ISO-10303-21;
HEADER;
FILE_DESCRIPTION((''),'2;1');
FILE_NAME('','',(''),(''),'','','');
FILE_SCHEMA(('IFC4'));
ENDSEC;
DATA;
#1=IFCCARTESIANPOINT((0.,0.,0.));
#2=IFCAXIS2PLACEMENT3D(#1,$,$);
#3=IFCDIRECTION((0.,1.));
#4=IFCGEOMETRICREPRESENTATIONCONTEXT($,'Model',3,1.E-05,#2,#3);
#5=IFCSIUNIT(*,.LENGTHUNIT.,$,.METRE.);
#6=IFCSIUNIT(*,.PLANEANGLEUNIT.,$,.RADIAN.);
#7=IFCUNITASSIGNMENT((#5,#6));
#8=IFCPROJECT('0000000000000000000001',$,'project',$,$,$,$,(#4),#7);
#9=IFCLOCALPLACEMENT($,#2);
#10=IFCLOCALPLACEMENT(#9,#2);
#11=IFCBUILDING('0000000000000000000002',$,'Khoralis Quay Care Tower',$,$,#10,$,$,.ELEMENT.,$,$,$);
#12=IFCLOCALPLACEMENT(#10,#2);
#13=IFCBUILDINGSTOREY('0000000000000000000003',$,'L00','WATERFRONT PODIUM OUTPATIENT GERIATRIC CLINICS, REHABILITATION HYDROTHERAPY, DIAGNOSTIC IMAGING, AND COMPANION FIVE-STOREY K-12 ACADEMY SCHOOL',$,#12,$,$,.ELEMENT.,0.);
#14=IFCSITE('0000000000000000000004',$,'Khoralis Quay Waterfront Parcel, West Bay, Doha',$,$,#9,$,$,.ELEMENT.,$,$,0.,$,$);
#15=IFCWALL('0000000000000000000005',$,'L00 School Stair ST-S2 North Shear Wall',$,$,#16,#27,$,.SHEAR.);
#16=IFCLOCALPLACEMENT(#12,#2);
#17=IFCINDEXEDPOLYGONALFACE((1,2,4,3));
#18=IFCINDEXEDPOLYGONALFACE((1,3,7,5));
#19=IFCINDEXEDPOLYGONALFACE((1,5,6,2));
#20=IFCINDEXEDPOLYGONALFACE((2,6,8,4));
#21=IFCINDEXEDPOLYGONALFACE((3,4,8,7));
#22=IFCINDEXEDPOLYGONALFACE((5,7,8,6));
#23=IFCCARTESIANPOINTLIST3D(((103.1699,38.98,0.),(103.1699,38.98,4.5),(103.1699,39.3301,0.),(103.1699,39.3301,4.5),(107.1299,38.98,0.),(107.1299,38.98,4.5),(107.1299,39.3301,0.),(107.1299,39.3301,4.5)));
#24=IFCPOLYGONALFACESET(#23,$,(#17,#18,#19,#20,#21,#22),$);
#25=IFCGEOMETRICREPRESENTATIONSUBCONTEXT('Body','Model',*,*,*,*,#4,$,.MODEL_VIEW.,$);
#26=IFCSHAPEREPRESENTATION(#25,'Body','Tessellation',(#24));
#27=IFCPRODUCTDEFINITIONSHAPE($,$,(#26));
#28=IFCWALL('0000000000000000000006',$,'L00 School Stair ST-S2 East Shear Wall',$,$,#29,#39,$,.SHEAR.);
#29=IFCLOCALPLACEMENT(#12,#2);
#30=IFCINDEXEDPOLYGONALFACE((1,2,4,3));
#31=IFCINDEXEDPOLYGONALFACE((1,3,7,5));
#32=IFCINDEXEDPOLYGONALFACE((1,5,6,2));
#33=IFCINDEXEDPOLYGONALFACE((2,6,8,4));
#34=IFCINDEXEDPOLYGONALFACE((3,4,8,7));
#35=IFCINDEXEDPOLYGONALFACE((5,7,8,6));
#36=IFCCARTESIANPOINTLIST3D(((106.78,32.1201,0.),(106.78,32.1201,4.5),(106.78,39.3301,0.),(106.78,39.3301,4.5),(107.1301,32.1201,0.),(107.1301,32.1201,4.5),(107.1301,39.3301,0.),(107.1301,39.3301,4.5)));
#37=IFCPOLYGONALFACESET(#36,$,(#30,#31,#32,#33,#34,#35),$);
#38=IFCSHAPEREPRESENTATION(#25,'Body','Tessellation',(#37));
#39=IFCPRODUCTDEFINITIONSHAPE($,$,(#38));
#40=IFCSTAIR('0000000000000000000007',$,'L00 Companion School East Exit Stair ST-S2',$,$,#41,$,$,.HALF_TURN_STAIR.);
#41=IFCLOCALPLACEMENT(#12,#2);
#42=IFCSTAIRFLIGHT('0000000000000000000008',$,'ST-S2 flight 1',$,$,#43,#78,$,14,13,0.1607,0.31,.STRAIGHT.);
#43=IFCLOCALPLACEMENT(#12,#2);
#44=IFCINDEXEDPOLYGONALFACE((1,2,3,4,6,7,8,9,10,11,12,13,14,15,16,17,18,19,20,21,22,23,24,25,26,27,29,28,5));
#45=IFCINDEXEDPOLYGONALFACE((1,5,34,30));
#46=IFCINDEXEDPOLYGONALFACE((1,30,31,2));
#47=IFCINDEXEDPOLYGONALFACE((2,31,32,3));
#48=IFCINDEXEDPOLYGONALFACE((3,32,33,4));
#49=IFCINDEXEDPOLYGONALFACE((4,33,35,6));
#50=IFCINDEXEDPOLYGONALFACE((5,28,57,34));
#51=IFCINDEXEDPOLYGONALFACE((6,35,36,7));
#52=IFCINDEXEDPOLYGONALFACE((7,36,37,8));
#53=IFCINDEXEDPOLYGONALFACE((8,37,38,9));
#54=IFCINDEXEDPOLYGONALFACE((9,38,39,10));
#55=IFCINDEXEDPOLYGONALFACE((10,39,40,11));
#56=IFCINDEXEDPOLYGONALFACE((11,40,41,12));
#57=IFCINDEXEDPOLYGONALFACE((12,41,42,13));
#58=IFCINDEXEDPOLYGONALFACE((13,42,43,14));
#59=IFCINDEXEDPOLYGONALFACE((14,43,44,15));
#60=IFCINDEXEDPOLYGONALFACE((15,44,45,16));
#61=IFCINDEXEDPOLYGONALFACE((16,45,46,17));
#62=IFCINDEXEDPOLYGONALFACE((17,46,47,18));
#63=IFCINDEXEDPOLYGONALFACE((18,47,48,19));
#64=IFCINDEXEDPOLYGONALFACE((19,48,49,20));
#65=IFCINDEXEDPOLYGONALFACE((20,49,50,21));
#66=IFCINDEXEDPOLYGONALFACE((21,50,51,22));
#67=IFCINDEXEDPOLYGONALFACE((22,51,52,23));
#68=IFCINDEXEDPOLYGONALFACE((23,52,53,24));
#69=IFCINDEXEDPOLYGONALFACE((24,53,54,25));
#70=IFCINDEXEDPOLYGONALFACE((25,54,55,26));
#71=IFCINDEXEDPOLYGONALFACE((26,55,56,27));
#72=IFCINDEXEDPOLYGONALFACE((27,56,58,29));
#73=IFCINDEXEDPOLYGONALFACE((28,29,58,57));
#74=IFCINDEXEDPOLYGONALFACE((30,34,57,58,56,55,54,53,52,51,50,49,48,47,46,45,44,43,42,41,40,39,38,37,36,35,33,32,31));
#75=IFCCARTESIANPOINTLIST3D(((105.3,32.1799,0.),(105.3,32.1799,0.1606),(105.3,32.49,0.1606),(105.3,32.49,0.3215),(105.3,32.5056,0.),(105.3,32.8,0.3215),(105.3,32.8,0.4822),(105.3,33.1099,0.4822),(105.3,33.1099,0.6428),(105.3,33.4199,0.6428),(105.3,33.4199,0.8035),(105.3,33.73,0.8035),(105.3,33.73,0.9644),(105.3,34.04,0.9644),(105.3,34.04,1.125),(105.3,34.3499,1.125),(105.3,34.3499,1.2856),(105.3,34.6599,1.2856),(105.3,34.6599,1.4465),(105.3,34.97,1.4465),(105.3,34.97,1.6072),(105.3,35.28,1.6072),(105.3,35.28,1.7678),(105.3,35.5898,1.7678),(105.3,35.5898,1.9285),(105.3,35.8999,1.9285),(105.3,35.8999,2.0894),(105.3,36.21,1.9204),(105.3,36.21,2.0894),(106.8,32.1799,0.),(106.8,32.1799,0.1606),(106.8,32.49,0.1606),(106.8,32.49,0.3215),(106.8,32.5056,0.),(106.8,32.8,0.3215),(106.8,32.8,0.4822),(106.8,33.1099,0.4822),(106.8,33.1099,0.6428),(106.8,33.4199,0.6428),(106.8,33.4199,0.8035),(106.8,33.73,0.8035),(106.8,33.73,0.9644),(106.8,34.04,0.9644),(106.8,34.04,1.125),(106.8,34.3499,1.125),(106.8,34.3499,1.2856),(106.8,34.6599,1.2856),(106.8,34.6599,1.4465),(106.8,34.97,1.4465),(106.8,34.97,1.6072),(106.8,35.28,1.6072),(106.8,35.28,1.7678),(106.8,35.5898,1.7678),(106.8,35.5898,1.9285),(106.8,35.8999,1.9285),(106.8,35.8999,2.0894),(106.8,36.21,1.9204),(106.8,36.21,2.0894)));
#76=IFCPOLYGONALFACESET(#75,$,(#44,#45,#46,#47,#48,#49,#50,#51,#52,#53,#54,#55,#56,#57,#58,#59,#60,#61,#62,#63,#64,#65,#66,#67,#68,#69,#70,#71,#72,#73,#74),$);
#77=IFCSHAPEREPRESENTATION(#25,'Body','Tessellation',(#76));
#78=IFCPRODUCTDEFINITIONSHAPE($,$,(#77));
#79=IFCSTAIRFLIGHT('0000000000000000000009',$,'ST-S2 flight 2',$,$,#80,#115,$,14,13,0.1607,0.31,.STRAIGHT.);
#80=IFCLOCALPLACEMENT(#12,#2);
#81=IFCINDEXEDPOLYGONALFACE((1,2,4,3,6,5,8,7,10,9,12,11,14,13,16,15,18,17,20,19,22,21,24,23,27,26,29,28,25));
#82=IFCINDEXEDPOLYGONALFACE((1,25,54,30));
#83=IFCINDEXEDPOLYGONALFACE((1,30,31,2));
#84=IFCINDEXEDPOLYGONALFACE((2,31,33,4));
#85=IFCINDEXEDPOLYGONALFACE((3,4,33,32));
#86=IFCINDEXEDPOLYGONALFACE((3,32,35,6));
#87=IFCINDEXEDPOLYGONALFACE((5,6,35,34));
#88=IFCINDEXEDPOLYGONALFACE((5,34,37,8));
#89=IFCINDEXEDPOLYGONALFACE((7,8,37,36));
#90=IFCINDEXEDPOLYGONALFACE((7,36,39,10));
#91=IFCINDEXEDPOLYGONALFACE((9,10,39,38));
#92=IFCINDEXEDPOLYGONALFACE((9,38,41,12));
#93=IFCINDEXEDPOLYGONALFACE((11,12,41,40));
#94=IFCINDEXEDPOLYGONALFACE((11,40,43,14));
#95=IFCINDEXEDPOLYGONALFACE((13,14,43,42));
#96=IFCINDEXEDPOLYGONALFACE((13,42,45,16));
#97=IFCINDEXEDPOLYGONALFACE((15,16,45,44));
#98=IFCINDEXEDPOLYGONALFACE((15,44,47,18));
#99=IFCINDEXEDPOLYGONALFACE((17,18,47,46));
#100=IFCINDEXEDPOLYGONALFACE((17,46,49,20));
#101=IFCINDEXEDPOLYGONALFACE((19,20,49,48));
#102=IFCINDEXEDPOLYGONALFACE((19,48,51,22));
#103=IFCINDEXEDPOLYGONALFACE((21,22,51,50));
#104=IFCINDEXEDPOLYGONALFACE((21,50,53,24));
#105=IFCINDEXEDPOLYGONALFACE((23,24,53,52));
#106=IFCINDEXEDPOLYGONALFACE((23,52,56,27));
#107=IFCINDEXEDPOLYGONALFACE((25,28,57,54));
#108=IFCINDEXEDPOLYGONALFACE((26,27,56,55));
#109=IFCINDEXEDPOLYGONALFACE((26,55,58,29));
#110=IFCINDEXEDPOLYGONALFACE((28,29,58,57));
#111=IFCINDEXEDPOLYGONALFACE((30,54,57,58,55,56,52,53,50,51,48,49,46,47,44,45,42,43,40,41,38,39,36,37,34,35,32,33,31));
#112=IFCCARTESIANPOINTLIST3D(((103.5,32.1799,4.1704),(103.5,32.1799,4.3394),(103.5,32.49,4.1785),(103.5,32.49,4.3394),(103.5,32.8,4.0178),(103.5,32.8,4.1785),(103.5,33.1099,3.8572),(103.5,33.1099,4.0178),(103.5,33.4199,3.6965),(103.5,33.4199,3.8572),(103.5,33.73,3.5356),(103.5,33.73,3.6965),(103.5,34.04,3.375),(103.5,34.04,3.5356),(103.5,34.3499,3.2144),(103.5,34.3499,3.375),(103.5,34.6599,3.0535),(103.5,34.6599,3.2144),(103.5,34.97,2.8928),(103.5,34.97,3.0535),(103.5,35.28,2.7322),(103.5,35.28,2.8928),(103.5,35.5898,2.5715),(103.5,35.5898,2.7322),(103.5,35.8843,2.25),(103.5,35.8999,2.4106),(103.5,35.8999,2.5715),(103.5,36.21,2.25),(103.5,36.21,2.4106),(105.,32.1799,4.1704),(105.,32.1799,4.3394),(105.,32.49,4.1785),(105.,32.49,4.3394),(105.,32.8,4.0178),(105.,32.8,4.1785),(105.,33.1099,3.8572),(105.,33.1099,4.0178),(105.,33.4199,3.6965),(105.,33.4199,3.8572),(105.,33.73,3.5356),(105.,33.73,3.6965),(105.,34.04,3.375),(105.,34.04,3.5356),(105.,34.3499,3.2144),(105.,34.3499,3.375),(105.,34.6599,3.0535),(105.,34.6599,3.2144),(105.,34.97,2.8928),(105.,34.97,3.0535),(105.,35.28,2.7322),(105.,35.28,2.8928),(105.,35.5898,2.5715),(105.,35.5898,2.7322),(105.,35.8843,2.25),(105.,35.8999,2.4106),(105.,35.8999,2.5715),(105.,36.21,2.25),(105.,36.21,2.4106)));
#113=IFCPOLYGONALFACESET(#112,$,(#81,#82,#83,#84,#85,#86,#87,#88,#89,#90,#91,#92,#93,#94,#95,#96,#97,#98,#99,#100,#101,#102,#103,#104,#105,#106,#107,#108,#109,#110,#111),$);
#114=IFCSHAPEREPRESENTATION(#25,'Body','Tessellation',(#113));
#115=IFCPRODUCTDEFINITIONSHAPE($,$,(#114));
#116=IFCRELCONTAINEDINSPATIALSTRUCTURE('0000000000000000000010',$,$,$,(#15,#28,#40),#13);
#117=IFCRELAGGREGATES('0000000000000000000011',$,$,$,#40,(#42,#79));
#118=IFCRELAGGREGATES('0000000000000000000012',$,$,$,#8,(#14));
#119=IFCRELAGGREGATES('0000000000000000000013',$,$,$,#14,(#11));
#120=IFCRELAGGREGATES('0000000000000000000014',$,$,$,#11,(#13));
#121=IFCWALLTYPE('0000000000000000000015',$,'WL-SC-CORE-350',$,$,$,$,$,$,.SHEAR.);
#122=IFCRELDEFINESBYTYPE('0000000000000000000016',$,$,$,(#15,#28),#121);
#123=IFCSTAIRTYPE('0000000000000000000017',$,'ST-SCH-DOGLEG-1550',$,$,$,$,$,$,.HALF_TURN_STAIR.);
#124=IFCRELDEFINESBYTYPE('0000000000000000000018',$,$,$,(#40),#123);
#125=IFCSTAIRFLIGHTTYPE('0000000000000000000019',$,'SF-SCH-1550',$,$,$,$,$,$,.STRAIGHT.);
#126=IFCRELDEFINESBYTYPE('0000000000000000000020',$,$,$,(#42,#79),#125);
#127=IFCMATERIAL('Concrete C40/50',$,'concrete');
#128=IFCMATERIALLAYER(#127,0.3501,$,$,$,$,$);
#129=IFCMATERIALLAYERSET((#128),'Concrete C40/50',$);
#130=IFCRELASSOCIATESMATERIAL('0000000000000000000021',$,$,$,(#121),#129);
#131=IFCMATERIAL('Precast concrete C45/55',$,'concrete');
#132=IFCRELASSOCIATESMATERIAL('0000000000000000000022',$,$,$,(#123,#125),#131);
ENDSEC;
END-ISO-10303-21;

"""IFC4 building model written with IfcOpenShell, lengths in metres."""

from ifc_helpers import new_model, si_unit, direction, frame, frame_2d, origin, place, context, subcontext, project, spatial, polyline, rectangle, outline, extrude, source, transform, mapped, material, layer, layer_set, type_object, element, aggregate, save


model = new_model("IFC4")

# Units and contexts
model_context = context("Model", 3, precision=1e-05, world=origin(), true_north=direction((0.0, 1.0)))
body_context = subcontext(model_context, "Body", "Model", "MODEL_VIEW")
ifc_project = project(units=[si_unit("LENGTHUNIT", "METRE"), si_unit("PLANEANGLEUNIT", "RADIAN")], contexts=[model_context])

# Site, building, storey
site_placement = place(None, origin())
site = spatial("IfcSite", under=ifc_project, at=site_placement, Name="Khoralis Quay Waterfront Parcel, West Bay, Doha", CompositionType="ELEMENT", RefElevation=0.0)
building_placement = place(site_placement, origin())
building = spatial("IfcBuilding", under=site, at=building_placement, Name="Khoralis Quay Care Tower", CompositionType="ELEMENT")
storey_placement = place(building_placement, origin())
storey = spatial("IfcBuildingStorey", under=building, at=storey_placement, Name="L00", Description="WATERFRONT PODIUM OUTPATIENT GERIATRIC CLINICS, REHABILITATION HYDROTHERAPY, DIAGNOSTIC IMAGING, AND COMPANION FIVE-STOREY K-12 ACADEMY SCHOOL", CompositionType="ELEMENT", Elevation=0.0)

# Shared definitions
ifc_material_1 = material(Name="Concrete C40/50", Category="concrete")

# Shared definitions
ifc_layer_1 = layer(ifc_material_1, 0.3501)
ifc_layer_set_1 = layer_set([ifc_layer_1], Name="Concrete C40/50")
wall_type_1 = type_object("IfcWallType", Name="WL-SC-CORE-350", PredefinedType="SHEAR", material=ifc_layer_set_1)

# Walls
for number, where, z_axis, x_axis, name in (
    (1, (103.1699, 39.155, 0.0), (0.0, 0.0, 1.0), (1.0, 0.0, 0.0), "L00 School Stair ST-S2 North Shear Wall"),
):
    element("IfcWall", number, at=place(storey_placement, frame(where, z_axis=z_axis, x_axis=x_axis)), inside=storey, type_object=wall_type_1, Name=name, PredefinedType="SHEAR", context=body_context, shape_type="SweptSolid", body=[
        extrude(rectangle(XDim=3.96, YDim=0.3501, at=frame_2d((1.98, 0.0))), origin(), (0.0, 0.0, 1.0), 4.5),
    ])
wall_1_placement = place(storey_placement, frame((106.9551, 32.1201, 0.0), z_axis=(0.0, 0.0, 1.0), x_axis=(0.0, 1.0, 0.0)))
element("IfcWall", 2, at=wall_1_placement, inside=storey, type_object=wall_type_1, Name="L00 School Stair ST-S2 East Shear Wall", PredefinedType="SHEAR", context=body_context, shape_type="SweptSolid", body=[
    extrude(rectangle(XDim=7.21, YDim=0.3501, at=frame_2d((3.605, 0.0))), origin(), (0.0, 0.0, 1.0), 4.5),
])

# Stair, stair flights
ifc_material_2 = material(Name="Precast concrete C45/55", Category="concrete")
stair_type = type_object("IfcStairType", Name="ST-SCH-DOGLEG-1550", PredefinedType="HALF_TURN_STAIR", material=ifc_material_2)
stair_placement = place(storey_placement, origin())
stair = element("IfcStair", 3, at=stair_placement, inside=storey, type_object=stair_type, Name="L00 Companion School East Exit Stair ST-S2", PredefinedType="HALF_TURN_STAIR")
stair_flight_type = type_object("IfcStairFlightType", Name="SF-SCH-1550", PredefinedType="STRAIGHT", material=ifc_material_2)
shared_shape_1 = source(origin(), body_context, "Body", "SweptSolid", [
    extrude(outline(polyline([(0.0, 0.0), (0.0, 0.1606), (0.3101, 0.1606), (0.3101, 0.3215), (0.6201, 0.3215), (0.6201, 0.4822), (0.9299, 0.4822), (0.9299, 0.6428), (1.24, 0.6428), (1.24, 0.8035), (1.55, 0.8035), (1.55, 0.9644), (1.8601, 0.9644), (1.8601, 1.125), (2.1699, 1.125), (2.1699, 1.2856), (2.48, 1.2856), (2.48, 1.4465), (2.79, 1.4465), (2.79, 1.6072), (3.1001, 1.6072), (3.1001, 1.7678), (3.4099, 1.7678), (3.4099, 1.9285), (3.72, 1.9285), (3.72, 2.0894), (4.03, 2.0894), (4.03, 2.25), (4.03, 1.9204), (0.3257, 0.0), (0.0, 0.0)])), frame((0.0, 0.75, 0.0), z_axis=(0.0, -1.0, 0.0), x_axis=(1.0, 0.0, 0.0)), (0.0, 0.0, 1.0), 1.5),
])
stair_flight_1_placement = place(storey_placement, frame((106.05, 32.1799, 0.0), z_axis=(0.0, 0.0, 1.0), x_axis=(0.0, 1.0, 0.0)))
stair_flight_1 = element("IfcStairFlight", 4, at=stair_flight_1_placement, type_object=stair_flight_type, Name="ST-S2 flight 1", NumberOfRisers=14, NumberOfTreads=13, PredefinedType="STRAIGHT", RiserHeight=0.1607, TreadLength=0.31, context=body_context, shape_type="MappedRepresentation", body=[
    mapped(shared_shape_1, transform((0.0, 0.0, 0.0), scale=1.0)),
])
stair_flight_2_placement = place(storey_placement, frame((104.25, 36.21, 2.25), z_axis=(0.0, 0.0, 1.0), x_axis=(0.0, -1.0, 0.0)))
stair_flight_2 = element("IfcStairFlight", 5, at=stair_flight_2_placement, type_object=stair_flight_type, Name="ST-S2 flight 2", NumberOfRisers=14, NumberOfTreads=13, PredefinedType="STRAIGHT", RiserHeight=0.1607, TreadLength=0.31, context=body_context, shape_type="MappedRepresentation", body=[
    mapped(shared_shape_1, transform((0.0, 0.0, 0.0), scale=1.0)),
])
aggregate(stair, [stair_flight_1, stair_flight_2])

save(model, "model.ifc")
